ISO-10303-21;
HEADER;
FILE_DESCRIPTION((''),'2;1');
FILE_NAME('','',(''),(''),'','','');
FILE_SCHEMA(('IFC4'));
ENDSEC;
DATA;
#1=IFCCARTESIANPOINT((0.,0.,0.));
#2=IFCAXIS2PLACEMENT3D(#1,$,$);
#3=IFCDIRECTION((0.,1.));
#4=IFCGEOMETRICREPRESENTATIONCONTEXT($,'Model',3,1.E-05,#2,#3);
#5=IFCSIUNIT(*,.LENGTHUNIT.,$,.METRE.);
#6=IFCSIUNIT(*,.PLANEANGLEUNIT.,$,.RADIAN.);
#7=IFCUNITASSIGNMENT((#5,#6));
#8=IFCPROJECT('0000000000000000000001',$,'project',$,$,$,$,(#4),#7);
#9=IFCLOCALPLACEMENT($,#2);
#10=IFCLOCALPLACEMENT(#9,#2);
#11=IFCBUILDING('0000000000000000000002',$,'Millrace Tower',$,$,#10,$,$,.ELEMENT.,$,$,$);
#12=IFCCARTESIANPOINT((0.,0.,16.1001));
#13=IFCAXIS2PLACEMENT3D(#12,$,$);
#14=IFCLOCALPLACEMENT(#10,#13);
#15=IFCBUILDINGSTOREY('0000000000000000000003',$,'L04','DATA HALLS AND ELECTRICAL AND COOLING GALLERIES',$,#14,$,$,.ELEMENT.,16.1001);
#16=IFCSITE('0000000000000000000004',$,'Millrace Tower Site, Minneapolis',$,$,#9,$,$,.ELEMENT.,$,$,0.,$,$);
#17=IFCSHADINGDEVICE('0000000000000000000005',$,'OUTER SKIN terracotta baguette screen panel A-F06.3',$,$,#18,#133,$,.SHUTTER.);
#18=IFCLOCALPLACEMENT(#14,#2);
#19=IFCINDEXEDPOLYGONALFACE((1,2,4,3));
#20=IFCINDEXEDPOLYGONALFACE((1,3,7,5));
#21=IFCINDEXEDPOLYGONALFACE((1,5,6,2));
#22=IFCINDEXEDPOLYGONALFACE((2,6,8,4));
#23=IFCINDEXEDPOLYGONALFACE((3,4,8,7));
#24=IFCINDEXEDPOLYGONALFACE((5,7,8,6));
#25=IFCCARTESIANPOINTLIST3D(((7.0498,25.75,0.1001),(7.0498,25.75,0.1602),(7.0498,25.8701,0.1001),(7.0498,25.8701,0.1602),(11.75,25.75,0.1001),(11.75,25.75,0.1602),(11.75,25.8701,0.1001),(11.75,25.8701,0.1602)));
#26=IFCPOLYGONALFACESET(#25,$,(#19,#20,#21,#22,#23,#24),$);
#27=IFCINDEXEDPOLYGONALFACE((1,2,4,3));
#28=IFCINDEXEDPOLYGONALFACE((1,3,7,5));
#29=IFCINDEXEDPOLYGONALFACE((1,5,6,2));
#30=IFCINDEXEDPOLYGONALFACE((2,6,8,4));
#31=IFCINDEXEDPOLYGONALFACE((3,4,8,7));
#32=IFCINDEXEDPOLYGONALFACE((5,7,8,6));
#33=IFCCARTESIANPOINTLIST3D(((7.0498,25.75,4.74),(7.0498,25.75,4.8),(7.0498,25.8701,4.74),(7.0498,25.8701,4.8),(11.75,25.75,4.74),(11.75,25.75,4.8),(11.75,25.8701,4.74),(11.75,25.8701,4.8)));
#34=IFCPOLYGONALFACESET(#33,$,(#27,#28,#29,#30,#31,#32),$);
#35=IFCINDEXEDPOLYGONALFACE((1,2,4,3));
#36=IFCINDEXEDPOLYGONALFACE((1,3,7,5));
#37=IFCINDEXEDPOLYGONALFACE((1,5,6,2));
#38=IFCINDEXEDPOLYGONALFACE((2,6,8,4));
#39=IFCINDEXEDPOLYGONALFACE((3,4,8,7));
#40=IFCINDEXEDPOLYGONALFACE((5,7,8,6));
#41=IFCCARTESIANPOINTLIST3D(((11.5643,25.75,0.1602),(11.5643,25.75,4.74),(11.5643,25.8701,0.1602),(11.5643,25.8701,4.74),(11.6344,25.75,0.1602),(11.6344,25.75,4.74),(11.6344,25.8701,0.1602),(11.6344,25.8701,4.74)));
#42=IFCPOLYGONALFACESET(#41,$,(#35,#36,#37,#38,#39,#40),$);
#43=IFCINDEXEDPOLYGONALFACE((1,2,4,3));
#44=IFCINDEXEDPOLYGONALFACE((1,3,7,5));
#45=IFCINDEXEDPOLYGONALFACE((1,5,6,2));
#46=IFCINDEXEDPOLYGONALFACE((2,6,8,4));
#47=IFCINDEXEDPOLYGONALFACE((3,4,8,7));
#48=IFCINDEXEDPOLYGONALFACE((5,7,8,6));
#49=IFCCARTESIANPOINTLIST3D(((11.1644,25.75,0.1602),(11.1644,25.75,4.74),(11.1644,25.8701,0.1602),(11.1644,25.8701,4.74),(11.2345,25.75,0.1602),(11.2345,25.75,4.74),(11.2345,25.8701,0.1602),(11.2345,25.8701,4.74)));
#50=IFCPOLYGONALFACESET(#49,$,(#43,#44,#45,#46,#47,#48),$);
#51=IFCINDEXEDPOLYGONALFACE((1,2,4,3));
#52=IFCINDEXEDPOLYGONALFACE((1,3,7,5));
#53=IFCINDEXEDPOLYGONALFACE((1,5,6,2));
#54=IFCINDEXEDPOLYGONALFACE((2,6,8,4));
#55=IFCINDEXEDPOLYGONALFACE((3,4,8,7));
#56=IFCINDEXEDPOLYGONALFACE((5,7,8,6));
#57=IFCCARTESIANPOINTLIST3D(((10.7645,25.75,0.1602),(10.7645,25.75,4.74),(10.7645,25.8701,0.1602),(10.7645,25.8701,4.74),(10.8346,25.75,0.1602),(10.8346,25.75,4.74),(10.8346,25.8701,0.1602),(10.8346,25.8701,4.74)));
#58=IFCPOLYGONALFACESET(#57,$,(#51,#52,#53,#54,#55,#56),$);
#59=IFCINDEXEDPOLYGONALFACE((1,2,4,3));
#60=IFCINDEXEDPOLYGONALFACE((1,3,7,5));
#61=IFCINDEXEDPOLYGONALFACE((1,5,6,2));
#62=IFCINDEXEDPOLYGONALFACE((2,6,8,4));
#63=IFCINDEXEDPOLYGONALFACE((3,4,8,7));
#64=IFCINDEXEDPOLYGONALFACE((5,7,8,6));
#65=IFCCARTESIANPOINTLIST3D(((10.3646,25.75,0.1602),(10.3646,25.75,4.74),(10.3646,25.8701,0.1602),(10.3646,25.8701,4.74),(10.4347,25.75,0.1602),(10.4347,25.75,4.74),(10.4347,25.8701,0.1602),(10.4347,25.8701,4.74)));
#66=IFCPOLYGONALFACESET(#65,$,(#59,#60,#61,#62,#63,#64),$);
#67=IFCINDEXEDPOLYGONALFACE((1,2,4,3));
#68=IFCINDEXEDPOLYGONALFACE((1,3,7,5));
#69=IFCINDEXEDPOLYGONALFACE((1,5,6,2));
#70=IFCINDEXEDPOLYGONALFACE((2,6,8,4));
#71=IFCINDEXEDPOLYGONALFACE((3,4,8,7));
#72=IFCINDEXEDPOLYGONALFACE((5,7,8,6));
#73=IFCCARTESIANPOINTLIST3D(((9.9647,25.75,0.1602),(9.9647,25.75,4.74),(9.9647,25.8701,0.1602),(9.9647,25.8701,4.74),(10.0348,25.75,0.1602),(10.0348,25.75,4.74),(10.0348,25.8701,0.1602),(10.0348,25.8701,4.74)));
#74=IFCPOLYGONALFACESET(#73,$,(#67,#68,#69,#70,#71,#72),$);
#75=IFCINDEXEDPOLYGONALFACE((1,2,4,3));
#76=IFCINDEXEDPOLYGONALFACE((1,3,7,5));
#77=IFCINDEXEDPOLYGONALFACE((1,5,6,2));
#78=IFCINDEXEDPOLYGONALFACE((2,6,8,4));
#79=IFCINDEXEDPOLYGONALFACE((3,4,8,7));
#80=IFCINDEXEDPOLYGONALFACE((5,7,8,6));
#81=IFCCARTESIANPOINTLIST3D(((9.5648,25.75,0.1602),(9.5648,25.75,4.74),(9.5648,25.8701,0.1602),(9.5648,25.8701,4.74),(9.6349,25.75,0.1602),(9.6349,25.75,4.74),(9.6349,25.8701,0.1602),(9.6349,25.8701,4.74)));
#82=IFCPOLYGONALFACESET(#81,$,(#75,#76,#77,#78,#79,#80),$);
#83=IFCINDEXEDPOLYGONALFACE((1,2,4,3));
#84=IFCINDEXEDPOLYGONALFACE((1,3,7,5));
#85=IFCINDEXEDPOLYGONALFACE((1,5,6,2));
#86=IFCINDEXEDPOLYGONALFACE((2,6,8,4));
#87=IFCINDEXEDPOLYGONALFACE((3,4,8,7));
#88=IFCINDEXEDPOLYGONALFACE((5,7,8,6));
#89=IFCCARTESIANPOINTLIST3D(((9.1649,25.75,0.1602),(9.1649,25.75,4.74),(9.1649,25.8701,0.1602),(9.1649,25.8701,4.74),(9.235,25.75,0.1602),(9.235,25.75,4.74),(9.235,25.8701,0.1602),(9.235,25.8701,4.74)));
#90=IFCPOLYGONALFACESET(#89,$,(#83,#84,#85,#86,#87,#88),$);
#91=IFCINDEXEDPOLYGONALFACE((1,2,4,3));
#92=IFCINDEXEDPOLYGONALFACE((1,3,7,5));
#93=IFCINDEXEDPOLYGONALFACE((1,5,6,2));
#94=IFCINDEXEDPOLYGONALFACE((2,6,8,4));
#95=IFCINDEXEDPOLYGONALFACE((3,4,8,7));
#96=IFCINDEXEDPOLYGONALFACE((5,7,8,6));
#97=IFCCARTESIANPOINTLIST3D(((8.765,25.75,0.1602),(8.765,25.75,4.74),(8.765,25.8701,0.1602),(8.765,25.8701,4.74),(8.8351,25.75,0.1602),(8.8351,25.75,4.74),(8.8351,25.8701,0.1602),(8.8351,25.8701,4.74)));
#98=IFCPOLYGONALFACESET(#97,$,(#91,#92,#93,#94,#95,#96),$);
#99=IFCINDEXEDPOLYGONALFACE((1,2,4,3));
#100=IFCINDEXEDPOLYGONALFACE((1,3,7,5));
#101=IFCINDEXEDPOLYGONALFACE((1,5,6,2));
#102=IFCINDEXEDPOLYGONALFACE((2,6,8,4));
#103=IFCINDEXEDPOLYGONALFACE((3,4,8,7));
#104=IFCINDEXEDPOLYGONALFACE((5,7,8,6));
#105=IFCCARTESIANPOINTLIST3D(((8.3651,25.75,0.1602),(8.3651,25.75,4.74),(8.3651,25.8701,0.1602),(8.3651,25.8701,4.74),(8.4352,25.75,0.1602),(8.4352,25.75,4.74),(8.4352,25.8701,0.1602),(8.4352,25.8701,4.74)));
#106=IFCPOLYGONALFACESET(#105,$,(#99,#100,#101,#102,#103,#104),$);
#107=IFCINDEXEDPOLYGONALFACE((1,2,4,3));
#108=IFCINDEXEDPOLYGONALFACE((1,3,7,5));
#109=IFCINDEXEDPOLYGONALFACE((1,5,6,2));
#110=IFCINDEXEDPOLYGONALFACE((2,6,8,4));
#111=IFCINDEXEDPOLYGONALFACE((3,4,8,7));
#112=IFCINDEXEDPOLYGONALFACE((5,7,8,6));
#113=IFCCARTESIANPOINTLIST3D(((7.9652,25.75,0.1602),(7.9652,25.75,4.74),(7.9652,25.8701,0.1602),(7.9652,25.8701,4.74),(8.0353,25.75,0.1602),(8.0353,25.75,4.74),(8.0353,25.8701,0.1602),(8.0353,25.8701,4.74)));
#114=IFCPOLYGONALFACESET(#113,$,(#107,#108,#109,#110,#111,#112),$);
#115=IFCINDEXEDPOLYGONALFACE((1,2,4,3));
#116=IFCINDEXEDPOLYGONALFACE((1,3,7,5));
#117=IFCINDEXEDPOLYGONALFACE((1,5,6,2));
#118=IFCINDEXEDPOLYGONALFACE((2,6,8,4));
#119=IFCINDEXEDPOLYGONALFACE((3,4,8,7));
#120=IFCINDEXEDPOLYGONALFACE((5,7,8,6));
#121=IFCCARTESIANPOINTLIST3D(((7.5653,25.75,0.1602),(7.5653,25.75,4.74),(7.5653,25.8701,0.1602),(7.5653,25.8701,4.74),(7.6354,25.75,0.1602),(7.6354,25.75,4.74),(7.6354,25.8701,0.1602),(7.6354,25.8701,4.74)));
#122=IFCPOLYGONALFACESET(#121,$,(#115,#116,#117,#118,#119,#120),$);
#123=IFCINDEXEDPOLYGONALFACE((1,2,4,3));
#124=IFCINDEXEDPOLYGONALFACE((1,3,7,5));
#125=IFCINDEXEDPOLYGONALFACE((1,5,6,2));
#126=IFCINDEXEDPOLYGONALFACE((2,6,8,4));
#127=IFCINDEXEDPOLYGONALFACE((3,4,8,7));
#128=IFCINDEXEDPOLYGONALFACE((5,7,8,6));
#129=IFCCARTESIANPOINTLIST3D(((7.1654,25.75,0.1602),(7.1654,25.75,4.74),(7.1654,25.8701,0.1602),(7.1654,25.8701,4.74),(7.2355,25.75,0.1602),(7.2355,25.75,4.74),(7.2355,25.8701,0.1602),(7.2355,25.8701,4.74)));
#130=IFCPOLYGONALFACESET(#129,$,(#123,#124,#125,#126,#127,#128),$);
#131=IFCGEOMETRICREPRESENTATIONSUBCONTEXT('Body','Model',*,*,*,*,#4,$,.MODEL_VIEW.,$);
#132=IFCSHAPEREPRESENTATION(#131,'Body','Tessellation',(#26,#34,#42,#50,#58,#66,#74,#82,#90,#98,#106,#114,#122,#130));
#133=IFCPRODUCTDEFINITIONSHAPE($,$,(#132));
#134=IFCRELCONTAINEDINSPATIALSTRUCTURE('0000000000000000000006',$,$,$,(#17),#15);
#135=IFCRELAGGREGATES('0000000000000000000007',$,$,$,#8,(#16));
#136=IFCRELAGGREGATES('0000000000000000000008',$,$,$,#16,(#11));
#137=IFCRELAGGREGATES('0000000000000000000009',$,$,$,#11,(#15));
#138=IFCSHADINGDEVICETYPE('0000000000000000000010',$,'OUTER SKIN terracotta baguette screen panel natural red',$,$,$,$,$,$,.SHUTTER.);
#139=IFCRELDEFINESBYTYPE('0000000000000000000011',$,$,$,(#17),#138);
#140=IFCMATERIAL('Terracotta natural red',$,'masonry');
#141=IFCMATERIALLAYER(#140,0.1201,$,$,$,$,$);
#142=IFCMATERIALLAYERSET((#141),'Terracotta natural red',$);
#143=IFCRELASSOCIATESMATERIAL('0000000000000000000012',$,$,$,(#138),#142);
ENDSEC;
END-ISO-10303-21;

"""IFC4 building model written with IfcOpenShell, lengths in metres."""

from ifc_helpers import new_model, entity, si_unit, direction, frame, frame_2d, origin, place, context, subcontext, project, spatial, rectangle, extrude, source, transform, mapped, material, layer, layer_set, type_object, element, save


model = new_model("IFC4")

# Units and contexts
model_context = context("Model", 3, precision=1e-05, world=origin(), true_north=direction((0.0, 1.0)))
body_context = subcontext(model_context, "Body", "Model", "MODEL_VIEW")
ifc_project = project(units=[si_unit("LENGTHUNIT", "METRE"), si_unit("PLANEANGLEUNIT", "RADIAN")], contexts=[model_context])

# Site, building, storey
site_placement = place(None, origin())
site = spatial("IfcSite", under=ifc_project, at=site_placement, Name="Millrace Tower Site, Minneapolis", CompositionType="ELEMENT", RefElevation=0.0)
building_placement = place(site_placement, origin())
building = spatial("IfcBuilding", under=site, at=building_placement, Name="Millrace Tower", CompositionType="ELEMENT")
storey_placement = place(building_placement, frame((0.0, 0.0, 16.1001)))
storey = spatial("IfcBuildingStorey", under=building, at=storey_placement, Name="L04", Description="DATA HALLS AND ELECTRICAL AND COOLING GALLERIES", CompositionType="ELEMENT", Elevation=16.1001)

# Shading device
ifc_material_1 = material(Name="Terracotta natural red", Category="masonry")
ifc_layer_1 = layer(ifc_material_1, 0.1201)
ifc_layer_set_1 = layer_set([ifc_layer_1], Name="Terracotta natural red")
shading_device_type_1 = type_object("IfcShadingDeviceType", Name="OUTER SKIN terracotta baguette screen panel natural red", PredefinedType="SHUTTER", material=ifc_layer_set_1)
cartesian_point_1 = entity("IfcCartesianPoint", [-2.3501, 0.0601])
shared_polyline_1 = entity("IfcPolyline", [cartesian_point_1, entity("IfcCartesianPoint", [2.3501, 0.0601]), entity("IfcCartesianPoint", [2.3501, -0.0601]), entity("IfcCartesianPoint", [-2.3501, -0.0601]), cartesian_point_1])
shared_shape_1 = source(origin(), body_context, "Body", "SweptSolid", [
    entity("IfcExtrudedAreaSolid", entity("IfcArbitraryClosedProfileDef", "AREA", None, shared_polyline_1), entity("IfcAxis2Placement3D", entity("IfcCartesianPoint", [0.0, 0.0, 0.0])), entity("IfcDirection", [0.0, 0.0, 1.0]), 0.0601),
    entity("IfcExtrudedAreaSolid", entity("IfcArbitraryClosedProfileDef", "AREA", None, shared_polyline_1), entity("IfcAxis2Placement3D", entity("IfcCartesianPoint", [0.0, 0.0, 4.6399])), entity("IfcDirection", [0.0, 0.0, 1.0]), 0.0601),
    extrude(rectangle(XDim=0.0701, YDim=0.1201, at=frame_2d((-2.1995, 0.0))), frame((0.0, 0.0, 0.0601)), (0.0, 0.0, 1.0), 4.5798),
    extrude(rectangle(XDim=0.0701, YDim=0.1201, at=frame_2d((-1.7996, 0.0))), frame((0.0, 0.0, 0.0601)), (0.0, 0.0, 1.0), 4.5798),
    extrude(rectangle(XDim=0.0701, YDim=0.1201, at=frame_2d((-1.3997, 0.0))), frame((0.0, 0.0, 0.0601)), (0.0, 0.0, 1.0), 4.5798),
    extrude(rectangle(XDim=0.0701, YDim=0.1201, at=frame_2d((-0.9998, 0.0))), frame((0.0, 0.0, 0.0601)), (0.0, 0.0, 1.0), 4.5798),
    extrude(rectangle(XDim=0.0701, YDim=0.1201, at=frame_2d((-0.5999, 0.0))), frame((0.0, 0.0, 0.0601)), (0.0, 0.0, 1.0), 4.5798),
    extrude(rectangle(XDim=0.0701, YDim=0.1201, at=frame_2d((-0.2, 0.0))), frame((0.0, 0.0, 0.0601)), (0.0, 0.0, 1.0), 4.5798),
    extrude(rectangle(XDim=0.0701, YDim=0.1201, at=frame_2d((0.2, 0.0))), frame((0.0, 0.0, 0.0601)), (0.0, 0.0, 1.0), 4.5798),
    extrude(rectangle(XDim=0.0701, YDim=0.1201, at=frame_2d((0.5999, 0.0))), frame((0.0, 0.0, 0.0601)), (0.0, 0.0, 1.0), 4.5798),
    extrude(rectangle(XDim=0.0701, YDim=0.1201, at=frame_2d((0.9998, 0.0))), frame((0.0, 0.0, 0.0601)), (0.0, 0.0, 1.0), 4.5798),
    extrude(rectangle(XDim=0.0701, YDim=0.1201, at=frame_2d((1.3997, 0.0))), frame((0.0, 0.0, 0.0601)), (0.0, 0.0, 1.0), 4.5798),
    extrude(rectangle(XDim=0.0701, YDim=0.1201, at=frame_2d((1.7996, 0.0))), frame((0.0, 0.0, 0.0601)), (0.0, 0.0, 1.0), 4.5798),
    extrude(rectangle(XDim=0.0701, YDim=0.1201, at=frame_2d((2.1995, 0.0))), frame((0.0, 0.0, 0.0601)), (0.0, 0.0, 1.0), 4.5798),
])
shading_device_1_placement = place(storey_placement, frame((9.3999, 25.8101, 0.1001), z_axis=(0.0, 0.0, 1.0), x_axis=(-1.0, 0.0, 0.0)))
element("IfcShadingDevice", 1, at=shading_device_1_placement, inside=storey, type_object=shading_device_type_1, Name="OUTER SKIN terracotta baguette screen panel A-F06.3", PredefinedType="SHUTTER", context=body_context, shape_type="MappedRepresentation", body=[
    mapped(shared_shape_1, transform((0.0, 0.0, 0.0), scale=1.0)),
])

save(model, "model.ifc")
